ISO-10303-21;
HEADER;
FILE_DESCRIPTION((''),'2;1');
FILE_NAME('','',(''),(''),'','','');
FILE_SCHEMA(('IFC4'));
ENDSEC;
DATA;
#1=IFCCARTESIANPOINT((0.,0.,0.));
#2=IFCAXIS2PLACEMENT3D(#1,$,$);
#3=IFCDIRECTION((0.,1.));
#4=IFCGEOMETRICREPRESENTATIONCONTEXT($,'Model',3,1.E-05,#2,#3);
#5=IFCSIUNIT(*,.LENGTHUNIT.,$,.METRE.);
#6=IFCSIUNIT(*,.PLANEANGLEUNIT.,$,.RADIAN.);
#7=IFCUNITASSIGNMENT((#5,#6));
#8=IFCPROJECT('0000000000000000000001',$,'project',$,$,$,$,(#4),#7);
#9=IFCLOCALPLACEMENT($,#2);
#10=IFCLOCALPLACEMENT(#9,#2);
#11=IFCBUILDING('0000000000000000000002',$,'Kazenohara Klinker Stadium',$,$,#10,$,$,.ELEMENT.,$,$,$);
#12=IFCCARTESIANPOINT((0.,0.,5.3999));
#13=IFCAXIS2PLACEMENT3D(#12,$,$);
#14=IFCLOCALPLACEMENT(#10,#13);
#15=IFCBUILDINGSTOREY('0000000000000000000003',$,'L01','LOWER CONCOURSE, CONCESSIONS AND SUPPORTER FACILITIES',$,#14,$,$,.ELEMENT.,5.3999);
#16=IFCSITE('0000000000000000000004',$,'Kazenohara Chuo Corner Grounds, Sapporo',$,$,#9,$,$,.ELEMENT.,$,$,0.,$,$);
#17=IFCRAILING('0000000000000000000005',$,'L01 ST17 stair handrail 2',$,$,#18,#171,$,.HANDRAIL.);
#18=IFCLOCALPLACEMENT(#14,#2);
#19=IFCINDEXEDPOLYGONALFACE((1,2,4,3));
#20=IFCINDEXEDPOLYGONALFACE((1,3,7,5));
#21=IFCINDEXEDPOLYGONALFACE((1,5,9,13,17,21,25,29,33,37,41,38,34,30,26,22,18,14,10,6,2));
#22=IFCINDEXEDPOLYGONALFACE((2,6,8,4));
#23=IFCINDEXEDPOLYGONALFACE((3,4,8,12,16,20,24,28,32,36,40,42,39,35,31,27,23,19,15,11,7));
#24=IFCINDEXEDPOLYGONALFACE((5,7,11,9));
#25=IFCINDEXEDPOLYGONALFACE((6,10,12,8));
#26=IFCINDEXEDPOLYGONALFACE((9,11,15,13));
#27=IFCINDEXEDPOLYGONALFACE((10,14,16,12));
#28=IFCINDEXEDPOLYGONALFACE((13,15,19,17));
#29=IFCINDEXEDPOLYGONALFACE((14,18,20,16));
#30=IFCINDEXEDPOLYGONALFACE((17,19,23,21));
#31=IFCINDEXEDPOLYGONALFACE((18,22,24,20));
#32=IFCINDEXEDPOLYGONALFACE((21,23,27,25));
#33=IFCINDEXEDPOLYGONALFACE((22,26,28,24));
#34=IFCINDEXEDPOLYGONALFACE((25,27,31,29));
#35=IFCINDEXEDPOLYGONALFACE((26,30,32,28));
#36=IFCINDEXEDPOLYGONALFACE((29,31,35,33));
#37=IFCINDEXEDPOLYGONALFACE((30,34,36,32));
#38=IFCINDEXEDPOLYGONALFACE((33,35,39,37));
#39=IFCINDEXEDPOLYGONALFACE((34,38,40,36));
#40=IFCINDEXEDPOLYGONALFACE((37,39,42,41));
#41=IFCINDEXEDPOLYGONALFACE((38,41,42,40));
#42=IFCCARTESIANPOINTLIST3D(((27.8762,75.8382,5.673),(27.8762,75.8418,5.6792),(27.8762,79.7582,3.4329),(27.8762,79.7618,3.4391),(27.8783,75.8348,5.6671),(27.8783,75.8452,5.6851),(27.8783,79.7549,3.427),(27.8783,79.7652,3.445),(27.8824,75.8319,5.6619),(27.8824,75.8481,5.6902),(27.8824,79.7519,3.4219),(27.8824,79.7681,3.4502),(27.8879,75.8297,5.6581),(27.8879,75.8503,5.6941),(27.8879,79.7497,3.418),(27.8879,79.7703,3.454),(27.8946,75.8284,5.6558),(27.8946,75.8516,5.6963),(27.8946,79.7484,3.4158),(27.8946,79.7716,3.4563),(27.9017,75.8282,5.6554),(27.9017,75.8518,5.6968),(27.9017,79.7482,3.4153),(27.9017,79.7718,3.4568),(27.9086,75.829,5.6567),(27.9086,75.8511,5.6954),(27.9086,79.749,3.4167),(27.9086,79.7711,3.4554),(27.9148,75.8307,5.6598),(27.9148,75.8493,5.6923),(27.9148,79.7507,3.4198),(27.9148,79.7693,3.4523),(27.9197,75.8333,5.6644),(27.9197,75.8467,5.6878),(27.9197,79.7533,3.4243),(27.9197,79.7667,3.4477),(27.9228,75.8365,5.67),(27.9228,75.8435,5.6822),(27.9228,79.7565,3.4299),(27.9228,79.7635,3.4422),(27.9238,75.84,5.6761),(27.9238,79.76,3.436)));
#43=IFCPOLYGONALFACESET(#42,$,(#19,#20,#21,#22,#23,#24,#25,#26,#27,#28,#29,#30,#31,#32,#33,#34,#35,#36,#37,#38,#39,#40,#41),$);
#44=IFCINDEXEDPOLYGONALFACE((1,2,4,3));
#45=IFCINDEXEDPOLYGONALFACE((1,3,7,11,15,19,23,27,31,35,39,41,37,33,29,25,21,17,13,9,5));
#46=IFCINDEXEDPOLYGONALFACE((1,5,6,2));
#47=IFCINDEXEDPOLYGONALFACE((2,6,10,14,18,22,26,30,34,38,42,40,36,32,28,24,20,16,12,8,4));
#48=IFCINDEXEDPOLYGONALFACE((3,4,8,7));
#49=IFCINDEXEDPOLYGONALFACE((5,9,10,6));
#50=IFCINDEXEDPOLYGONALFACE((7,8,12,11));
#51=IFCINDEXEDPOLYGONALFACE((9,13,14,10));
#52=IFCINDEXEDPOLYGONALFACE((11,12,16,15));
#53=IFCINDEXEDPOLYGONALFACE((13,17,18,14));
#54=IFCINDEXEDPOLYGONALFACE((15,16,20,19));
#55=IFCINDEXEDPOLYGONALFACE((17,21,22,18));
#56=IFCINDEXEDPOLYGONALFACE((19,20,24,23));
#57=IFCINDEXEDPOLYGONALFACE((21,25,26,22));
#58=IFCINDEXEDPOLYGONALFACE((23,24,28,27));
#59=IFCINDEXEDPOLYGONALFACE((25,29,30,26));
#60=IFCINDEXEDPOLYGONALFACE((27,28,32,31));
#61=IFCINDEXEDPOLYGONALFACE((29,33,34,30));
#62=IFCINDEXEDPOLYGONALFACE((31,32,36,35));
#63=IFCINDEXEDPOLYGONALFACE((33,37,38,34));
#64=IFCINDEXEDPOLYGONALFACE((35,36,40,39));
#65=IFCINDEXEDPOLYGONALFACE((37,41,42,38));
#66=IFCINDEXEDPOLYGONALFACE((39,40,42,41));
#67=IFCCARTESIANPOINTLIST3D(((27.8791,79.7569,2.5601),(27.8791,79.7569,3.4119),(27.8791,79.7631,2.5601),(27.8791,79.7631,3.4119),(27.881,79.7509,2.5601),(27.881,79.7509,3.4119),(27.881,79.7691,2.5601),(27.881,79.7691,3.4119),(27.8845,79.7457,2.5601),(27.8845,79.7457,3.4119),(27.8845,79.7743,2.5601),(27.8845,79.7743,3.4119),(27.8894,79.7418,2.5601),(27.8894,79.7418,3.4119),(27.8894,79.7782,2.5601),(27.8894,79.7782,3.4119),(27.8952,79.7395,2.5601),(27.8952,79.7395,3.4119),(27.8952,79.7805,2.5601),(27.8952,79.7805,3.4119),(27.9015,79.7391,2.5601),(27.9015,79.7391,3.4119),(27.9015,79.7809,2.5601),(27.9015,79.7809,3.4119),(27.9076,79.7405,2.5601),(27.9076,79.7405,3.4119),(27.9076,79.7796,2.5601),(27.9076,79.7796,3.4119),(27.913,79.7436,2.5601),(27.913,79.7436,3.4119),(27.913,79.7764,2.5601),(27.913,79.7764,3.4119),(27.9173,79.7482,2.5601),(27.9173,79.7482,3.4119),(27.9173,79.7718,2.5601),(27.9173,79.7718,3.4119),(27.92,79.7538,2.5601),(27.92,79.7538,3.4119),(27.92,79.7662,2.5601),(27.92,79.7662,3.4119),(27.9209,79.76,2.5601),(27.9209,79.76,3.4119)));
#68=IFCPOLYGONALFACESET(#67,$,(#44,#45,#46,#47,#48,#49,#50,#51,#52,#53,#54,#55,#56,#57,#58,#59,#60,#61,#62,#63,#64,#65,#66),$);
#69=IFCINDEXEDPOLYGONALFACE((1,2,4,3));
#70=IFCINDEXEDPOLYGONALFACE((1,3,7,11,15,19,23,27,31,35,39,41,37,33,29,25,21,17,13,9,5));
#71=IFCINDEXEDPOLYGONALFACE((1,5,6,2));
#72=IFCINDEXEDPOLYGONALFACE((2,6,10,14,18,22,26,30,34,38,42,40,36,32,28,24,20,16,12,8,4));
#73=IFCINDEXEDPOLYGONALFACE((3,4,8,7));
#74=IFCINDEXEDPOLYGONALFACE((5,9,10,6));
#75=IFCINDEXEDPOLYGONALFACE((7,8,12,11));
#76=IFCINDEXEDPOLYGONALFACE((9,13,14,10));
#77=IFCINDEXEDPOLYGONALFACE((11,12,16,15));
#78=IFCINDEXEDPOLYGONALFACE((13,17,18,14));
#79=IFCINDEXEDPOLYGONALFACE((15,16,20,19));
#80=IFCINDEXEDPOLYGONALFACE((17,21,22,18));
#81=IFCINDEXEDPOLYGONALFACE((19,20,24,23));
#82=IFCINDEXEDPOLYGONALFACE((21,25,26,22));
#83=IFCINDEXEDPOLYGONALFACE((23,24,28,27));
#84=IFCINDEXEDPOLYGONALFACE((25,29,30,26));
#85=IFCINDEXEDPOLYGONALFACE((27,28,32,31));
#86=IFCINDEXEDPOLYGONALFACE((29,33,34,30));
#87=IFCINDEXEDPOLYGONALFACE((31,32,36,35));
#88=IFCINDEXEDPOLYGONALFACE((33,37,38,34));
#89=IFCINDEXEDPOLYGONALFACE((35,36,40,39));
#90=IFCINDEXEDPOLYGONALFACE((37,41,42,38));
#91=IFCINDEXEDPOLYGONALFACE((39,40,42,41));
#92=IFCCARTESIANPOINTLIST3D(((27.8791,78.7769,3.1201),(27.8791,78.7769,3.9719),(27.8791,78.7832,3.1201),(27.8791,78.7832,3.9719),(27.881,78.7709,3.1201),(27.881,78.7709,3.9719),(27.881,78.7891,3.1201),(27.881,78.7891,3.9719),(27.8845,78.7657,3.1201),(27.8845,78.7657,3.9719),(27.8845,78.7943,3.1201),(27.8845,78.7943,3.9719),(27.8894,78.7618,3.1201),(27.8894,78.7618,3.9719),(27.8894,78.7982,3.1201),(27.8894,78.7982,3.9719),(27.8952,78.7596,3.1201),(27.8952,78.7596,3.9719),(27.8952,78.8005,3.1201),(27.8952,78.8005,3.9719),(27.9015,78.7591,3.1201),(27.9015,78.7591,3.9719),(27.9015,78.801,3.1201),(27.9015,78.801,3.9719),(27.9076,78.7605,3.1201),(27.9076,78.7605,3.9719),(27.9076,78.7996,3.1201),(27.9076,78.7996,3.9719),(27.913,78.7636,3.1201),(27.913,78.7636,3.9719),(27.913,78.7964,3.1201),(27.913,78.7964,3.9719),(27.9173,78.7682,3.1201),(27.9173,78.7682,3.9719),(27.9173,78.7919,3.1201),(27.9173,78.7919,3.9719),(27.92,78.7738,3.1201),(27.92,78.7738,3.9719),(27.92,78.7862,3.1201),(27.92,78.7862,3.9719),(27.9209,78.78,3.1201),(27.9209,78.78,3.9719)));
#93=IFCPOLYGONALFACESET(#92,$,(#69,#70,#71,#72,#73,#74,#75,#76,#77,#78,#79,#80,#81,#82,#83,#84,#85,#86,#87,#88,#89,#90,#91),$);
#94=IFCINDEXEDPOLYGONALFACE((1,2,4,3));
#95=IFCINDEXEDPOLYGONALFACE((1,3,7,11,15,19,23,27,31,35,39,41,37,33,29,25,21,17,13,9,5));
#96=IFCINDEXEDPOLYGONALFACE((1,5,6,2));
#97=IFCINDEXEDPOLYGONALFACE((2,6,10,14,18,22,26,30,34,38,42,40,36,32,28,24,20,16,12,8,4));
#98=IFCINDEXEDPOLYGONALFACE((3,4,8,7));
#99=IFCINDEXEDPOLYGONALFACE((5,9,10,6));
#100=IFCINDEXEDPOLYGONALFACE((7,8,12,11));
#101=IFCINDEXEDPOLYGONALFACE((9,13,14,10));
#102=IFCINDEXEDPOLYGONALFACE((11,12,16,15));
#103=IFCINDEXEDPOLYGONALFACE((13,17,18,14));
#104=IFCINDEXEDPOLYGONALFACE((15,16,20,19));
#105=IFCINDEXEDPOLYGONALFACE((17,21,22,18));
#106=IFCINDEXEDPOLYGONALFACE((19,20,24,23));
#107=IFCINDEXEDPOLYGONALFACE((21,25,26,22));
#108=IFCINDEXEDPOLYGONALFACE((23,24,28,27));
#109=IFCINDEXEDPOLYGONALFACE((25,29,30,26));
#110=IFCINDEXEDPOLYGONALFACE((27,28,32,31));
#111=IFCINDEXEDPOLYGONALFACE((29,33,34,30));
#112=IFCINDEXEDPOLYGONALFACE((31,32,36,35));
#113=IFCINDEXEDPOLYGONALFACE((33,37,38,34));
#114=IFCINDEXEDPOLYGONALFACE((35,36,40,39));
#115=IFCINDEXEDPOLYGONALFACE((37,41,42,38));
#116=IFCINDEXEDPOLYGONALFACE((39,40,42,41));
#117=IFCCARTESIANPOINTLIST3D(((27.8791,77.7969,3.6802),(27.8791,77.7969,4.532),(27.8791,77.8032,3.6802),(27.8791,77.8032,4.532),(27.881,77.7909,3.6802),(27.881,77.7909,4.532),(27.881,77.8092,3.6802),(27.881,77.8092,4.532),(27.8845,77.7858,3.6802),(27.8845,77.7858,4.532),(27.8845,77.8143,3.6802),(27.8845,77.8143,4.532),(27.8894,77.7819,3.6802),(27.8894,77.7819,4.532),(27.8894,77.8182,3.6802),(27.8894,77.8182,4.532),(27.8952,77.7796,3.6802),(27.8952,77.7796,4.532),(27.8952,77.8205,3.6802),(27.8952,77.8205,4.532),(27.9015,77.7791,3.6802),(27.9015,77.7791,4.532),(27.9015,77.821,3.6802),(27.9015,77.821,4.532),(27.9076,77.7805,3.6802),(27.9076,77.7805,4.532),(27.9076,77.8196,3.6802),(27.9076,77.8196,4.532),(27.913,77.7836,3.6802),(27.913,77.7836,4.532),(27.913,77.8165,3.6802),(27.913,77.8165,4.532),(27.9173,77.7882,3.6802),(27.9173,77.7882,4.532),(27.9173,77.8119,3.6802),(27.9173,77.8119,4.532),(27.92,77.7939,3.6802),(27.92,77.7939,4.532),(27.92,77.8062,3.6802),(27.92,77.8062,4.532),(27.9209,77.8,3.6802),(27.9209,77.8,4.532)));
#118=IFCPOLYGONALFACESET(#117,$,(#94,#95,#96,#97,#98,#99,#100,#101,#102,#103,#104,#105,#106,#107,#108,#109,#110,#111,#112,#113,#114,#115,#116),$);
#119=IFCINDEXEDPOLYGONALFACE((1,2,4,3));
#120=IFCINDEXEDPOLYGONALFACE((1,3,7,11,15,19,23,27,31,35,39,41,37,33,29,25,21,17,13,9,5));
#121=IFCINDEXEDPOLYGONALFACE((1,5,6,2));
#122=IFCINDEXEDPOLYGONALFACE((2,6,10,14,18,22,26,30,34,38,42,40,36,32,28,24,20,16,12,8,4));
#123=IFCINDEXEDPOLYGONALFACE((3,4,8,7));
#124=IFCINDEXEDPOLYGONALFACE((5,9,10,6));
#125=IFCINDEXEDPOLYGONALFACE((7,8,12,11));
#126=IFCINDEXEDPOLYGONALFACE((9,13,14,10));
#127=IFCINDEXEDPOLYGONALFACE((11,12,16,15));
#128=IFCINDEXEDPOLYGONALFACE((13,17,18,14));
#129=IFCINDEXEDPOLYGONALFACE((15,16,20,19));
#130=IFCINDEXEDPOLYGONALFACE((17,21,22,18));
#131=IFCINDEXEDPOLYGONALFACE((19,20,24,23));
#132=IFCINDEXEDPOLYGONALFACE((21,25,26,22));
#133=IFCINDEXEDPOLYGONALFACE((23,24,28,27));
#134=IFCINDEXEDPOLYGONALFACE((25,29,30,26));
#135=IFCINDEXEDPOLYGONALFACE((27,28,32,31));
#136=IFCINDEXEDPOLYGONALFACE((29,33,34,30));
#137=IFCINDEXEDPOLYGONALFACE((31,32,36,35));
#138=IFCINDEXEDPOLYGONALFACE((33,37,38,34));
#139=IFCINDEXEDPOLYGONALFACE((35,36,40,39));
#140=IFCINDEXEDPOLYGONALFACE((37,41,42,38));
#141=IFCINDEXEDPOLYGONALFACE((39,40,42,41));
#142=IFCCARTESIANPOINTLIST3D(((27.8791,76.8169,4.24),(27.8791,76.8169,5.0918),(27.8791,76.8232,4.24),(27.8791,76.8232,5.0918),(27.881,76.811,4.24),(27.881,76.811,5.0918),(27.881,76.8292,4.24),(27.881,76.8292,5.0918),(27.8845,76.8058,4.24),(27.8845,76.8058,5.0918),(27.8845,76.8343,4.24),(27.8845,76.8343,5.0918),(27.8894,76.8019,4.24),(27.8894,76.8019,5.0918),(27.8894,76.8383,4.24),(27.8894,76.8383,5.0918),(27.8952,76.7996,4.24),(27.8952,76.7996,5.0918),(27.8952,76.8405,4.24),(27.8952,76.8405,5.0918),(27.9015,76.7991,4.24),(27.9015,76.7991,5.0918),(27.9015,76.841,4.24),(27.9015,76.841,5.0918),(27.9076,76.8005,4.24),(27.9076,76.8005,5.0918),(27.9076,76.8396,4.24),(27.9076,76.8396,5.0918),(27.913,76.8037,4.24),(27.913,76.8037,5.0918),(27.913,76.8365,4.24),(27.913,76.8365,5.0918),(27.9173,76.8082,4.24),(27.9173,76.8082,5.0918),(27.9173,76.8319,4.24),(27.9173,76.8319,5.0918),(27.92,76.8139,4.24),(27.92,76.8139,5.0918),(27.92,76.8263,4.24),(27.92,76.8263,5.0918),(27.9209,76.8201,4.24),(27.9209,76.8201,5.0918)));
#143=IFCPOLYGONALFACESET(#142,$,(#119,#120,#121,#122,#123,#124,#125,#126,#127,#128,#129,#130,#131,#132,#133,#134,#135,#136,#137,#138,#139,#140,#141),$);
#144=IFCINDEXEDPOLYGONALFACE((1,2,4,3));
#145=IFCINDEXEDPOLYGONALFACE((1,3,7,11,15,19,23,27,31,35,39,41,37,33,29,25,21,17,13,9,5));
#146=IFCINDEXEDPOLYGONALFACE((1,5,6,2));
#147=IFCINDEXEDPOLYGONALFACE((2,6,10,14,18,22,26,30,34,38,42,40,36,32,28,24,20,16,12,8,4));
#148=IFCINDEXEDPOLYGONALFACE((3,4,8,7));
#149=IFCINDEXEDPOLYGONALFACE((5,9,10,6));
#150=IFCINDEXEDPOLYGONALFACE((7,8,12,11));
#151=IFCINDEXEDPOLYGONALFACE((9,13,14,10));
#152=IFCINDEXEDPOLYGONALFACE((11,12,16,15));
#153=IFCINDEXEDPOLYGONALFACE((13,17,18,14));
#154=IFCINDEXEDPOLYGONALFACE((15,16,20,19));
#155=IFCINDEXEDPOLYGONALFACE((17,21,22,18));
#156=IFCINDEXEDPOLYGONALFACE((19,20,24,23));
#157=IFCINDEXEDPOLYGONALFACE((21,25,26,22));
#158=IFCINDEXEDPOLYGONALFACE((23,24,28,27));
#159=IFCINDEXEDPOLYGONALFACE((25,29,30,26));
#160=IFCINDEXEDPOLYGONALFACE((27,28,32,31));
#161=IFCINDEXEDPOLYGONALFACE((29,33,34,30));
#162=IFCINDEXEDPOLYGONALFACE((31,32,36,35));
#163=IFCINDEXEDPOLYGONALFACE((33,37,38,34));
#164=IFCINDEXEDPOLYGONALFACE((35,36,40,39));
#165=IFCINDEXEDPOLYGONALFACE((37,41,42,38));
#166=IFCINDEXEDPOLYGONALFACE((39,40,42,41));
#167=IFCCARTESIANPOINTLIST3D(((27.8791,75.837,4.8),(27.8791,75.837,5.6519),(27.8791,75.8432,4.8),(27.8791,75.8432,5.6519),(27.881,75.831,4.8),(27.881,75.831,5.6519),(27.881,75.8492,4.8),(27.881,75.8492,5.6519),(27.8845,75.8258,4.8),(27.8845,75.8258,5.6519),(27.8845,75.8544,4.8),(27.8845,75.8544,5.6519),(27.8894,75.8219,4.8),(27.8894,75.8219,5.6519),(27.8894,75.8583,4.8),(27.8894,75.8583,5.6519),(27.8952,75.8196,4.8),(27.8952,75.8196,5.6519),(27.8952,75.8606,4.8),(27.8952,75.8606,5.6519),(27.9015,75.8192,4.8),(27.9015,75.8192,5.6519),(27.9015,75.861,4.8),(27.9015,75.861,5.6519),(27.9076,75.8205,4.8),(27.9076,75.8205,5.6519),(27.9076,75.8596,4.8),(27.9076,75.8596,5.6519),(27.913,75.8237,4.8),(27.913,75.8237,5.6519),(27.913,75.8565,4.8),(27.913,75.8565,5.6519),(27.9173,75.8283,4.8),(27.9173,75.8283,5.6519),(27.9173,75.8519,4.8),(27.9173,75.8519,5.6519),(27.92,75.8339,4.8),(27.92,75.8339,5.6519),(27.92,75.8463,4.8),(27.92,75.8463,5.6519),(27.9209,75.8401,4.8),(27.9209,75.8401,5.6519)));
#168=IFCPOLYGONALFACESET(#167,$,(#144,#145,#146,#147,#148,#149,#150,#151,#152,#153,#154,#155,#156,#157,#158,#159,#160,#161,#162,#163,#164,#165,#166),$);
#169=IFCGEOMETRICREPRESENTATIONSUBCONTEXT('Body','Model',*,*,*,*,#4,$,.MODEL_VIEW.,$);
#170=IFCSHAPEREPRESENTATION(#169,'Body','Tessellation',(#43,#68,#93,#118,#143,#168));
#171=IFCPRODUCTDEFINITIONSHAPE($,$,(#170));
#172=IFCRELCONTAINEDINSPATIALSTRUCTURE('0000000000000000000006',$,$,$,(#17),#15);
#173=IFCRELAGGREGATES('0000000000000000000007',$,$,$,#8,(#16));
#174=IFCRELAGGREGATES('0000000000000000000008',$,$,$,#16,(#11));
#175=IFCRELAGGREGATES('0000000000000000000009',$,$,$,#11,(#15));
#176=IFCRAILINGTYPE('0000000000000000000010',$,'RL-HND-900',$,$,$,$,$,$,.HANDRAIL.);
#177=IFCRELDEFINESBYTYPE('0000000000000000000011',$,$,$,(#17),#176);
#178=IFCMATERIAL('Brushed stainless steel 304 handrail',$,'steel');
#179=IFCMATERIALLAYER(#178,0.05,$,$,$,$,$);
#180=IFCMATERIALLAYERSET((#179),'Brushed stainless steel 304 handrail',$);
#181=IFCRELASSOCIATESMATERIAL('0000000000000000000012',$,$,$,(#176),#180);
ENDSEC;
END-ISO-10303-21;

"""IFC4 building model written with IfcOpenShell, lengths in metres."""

from ifc_helpers import new_model, si_unit, direction, frame, origin, origin_2d, place, context, subcontext, project, spatial, circle, extrude, material, layer, layer_set, type_object, element, save


model = new_model("IFC4")

# Units and contexts
model_context = context("Model", 3, precision=1e-05, world=origin(), true_north=direction((0.0, 1.0)))
body_context = subcontext(model_context, "Body", "Model", "MODEL_VIEW")
ifc_project = project(units=[si_unit("LENGTHUNIT", "METRE"), si_unit("PLANEANGLEUNIT", "RADIAN")], contexts=[model_context])

# Site, building, storey
site_placement = place(None, origin())
site = spatial("IfcSite", under=ifc_project, at=site_placement, Name="Kazenohara Chuo Corner Grounds, Sapporo", CompositionType="ELEMENT", RefElevation=0.0)
building_placement = place(site_placement, origin())
building = spatial("IfcBuilding", under=site, at=building_placement, Name="Kazenohara Klinker Stadium", CompositionType="ELEMENT")
storey_placement = place(building_placement, frame((0.0, 0.0, 5.3999)))
storey = spatial("IfcBuildingStorey", under=building, at=storey_placement, Name="L01", Description="LOWER CONCOURSE, CONCESSIONS AND SUPPORTER FACILITIES", CompositionType="ELEMENT", Elevation=5.3999)

# Railing
ifc_material_1 = material(Name="Brushed stainless steel 304 handrail", Category="steel")
ifc_layer_1 = layer(ifc_material_1, 0.05)
ifc_layer_set_1 = layer_set([ifc_layer_1], Name="Brushed stainless steel 304 handrail")
railing_type_1 = type_object("IfcRailingType", Name="RL-HND-900", PredefinedType="HANDRAIL", material=ifc_layer_set_1)
railing_1_placement = place(storey_placement, frame((27.8999, 79.76, 2.5601)))
element("IfcRailing", 1, at=railing_1_placement, inside=storey, type_object=railing_type_1, Name="L01 ST17 stair handrail 2", PredefinedType="HANDRAIL", context=body_context, shape_type="SweptSolid", body=[
    extrude(circle(Radius=0.0239, at=origin_2d()), frame((0.0, 0.0, 0.876), z_axis=(0.0, -0.86824, 0.496145), x_axis=(1.0, 0.0, 0.0)), (0.0, 0.0, 1.0), 4.5149),
    extrude(circle(Radius=0.021, at=origin_2d()), origin(), (0.0, 0.0, 1.0), 0.8518),
    extrude(circle(Radius=0.021, at=origin_2d()), frame((0.0, -0.98, 0.5601)), (0.0, 0.0, 1.0), 0.8518),
    extrude(circle(Radius=0.021, at=origin_2d()), frame((0.0, -1.96, 1.1201)), (0.0, 0.0, 1.0), 0.8518),
    extrude(circle(Radius=0.021, at=origin_2d()), frame((0.0, -2.9399, 1.6799)), (0.0, 0.0, 1.0), 0.8518),
    extrude(circle(Radius=0.021, at=origin_2d()), frame((0.0, -3.9199, 2.24)), (0.0, 0.0, 1.0), 0.8518),
])

save(model, "model.ifc")
